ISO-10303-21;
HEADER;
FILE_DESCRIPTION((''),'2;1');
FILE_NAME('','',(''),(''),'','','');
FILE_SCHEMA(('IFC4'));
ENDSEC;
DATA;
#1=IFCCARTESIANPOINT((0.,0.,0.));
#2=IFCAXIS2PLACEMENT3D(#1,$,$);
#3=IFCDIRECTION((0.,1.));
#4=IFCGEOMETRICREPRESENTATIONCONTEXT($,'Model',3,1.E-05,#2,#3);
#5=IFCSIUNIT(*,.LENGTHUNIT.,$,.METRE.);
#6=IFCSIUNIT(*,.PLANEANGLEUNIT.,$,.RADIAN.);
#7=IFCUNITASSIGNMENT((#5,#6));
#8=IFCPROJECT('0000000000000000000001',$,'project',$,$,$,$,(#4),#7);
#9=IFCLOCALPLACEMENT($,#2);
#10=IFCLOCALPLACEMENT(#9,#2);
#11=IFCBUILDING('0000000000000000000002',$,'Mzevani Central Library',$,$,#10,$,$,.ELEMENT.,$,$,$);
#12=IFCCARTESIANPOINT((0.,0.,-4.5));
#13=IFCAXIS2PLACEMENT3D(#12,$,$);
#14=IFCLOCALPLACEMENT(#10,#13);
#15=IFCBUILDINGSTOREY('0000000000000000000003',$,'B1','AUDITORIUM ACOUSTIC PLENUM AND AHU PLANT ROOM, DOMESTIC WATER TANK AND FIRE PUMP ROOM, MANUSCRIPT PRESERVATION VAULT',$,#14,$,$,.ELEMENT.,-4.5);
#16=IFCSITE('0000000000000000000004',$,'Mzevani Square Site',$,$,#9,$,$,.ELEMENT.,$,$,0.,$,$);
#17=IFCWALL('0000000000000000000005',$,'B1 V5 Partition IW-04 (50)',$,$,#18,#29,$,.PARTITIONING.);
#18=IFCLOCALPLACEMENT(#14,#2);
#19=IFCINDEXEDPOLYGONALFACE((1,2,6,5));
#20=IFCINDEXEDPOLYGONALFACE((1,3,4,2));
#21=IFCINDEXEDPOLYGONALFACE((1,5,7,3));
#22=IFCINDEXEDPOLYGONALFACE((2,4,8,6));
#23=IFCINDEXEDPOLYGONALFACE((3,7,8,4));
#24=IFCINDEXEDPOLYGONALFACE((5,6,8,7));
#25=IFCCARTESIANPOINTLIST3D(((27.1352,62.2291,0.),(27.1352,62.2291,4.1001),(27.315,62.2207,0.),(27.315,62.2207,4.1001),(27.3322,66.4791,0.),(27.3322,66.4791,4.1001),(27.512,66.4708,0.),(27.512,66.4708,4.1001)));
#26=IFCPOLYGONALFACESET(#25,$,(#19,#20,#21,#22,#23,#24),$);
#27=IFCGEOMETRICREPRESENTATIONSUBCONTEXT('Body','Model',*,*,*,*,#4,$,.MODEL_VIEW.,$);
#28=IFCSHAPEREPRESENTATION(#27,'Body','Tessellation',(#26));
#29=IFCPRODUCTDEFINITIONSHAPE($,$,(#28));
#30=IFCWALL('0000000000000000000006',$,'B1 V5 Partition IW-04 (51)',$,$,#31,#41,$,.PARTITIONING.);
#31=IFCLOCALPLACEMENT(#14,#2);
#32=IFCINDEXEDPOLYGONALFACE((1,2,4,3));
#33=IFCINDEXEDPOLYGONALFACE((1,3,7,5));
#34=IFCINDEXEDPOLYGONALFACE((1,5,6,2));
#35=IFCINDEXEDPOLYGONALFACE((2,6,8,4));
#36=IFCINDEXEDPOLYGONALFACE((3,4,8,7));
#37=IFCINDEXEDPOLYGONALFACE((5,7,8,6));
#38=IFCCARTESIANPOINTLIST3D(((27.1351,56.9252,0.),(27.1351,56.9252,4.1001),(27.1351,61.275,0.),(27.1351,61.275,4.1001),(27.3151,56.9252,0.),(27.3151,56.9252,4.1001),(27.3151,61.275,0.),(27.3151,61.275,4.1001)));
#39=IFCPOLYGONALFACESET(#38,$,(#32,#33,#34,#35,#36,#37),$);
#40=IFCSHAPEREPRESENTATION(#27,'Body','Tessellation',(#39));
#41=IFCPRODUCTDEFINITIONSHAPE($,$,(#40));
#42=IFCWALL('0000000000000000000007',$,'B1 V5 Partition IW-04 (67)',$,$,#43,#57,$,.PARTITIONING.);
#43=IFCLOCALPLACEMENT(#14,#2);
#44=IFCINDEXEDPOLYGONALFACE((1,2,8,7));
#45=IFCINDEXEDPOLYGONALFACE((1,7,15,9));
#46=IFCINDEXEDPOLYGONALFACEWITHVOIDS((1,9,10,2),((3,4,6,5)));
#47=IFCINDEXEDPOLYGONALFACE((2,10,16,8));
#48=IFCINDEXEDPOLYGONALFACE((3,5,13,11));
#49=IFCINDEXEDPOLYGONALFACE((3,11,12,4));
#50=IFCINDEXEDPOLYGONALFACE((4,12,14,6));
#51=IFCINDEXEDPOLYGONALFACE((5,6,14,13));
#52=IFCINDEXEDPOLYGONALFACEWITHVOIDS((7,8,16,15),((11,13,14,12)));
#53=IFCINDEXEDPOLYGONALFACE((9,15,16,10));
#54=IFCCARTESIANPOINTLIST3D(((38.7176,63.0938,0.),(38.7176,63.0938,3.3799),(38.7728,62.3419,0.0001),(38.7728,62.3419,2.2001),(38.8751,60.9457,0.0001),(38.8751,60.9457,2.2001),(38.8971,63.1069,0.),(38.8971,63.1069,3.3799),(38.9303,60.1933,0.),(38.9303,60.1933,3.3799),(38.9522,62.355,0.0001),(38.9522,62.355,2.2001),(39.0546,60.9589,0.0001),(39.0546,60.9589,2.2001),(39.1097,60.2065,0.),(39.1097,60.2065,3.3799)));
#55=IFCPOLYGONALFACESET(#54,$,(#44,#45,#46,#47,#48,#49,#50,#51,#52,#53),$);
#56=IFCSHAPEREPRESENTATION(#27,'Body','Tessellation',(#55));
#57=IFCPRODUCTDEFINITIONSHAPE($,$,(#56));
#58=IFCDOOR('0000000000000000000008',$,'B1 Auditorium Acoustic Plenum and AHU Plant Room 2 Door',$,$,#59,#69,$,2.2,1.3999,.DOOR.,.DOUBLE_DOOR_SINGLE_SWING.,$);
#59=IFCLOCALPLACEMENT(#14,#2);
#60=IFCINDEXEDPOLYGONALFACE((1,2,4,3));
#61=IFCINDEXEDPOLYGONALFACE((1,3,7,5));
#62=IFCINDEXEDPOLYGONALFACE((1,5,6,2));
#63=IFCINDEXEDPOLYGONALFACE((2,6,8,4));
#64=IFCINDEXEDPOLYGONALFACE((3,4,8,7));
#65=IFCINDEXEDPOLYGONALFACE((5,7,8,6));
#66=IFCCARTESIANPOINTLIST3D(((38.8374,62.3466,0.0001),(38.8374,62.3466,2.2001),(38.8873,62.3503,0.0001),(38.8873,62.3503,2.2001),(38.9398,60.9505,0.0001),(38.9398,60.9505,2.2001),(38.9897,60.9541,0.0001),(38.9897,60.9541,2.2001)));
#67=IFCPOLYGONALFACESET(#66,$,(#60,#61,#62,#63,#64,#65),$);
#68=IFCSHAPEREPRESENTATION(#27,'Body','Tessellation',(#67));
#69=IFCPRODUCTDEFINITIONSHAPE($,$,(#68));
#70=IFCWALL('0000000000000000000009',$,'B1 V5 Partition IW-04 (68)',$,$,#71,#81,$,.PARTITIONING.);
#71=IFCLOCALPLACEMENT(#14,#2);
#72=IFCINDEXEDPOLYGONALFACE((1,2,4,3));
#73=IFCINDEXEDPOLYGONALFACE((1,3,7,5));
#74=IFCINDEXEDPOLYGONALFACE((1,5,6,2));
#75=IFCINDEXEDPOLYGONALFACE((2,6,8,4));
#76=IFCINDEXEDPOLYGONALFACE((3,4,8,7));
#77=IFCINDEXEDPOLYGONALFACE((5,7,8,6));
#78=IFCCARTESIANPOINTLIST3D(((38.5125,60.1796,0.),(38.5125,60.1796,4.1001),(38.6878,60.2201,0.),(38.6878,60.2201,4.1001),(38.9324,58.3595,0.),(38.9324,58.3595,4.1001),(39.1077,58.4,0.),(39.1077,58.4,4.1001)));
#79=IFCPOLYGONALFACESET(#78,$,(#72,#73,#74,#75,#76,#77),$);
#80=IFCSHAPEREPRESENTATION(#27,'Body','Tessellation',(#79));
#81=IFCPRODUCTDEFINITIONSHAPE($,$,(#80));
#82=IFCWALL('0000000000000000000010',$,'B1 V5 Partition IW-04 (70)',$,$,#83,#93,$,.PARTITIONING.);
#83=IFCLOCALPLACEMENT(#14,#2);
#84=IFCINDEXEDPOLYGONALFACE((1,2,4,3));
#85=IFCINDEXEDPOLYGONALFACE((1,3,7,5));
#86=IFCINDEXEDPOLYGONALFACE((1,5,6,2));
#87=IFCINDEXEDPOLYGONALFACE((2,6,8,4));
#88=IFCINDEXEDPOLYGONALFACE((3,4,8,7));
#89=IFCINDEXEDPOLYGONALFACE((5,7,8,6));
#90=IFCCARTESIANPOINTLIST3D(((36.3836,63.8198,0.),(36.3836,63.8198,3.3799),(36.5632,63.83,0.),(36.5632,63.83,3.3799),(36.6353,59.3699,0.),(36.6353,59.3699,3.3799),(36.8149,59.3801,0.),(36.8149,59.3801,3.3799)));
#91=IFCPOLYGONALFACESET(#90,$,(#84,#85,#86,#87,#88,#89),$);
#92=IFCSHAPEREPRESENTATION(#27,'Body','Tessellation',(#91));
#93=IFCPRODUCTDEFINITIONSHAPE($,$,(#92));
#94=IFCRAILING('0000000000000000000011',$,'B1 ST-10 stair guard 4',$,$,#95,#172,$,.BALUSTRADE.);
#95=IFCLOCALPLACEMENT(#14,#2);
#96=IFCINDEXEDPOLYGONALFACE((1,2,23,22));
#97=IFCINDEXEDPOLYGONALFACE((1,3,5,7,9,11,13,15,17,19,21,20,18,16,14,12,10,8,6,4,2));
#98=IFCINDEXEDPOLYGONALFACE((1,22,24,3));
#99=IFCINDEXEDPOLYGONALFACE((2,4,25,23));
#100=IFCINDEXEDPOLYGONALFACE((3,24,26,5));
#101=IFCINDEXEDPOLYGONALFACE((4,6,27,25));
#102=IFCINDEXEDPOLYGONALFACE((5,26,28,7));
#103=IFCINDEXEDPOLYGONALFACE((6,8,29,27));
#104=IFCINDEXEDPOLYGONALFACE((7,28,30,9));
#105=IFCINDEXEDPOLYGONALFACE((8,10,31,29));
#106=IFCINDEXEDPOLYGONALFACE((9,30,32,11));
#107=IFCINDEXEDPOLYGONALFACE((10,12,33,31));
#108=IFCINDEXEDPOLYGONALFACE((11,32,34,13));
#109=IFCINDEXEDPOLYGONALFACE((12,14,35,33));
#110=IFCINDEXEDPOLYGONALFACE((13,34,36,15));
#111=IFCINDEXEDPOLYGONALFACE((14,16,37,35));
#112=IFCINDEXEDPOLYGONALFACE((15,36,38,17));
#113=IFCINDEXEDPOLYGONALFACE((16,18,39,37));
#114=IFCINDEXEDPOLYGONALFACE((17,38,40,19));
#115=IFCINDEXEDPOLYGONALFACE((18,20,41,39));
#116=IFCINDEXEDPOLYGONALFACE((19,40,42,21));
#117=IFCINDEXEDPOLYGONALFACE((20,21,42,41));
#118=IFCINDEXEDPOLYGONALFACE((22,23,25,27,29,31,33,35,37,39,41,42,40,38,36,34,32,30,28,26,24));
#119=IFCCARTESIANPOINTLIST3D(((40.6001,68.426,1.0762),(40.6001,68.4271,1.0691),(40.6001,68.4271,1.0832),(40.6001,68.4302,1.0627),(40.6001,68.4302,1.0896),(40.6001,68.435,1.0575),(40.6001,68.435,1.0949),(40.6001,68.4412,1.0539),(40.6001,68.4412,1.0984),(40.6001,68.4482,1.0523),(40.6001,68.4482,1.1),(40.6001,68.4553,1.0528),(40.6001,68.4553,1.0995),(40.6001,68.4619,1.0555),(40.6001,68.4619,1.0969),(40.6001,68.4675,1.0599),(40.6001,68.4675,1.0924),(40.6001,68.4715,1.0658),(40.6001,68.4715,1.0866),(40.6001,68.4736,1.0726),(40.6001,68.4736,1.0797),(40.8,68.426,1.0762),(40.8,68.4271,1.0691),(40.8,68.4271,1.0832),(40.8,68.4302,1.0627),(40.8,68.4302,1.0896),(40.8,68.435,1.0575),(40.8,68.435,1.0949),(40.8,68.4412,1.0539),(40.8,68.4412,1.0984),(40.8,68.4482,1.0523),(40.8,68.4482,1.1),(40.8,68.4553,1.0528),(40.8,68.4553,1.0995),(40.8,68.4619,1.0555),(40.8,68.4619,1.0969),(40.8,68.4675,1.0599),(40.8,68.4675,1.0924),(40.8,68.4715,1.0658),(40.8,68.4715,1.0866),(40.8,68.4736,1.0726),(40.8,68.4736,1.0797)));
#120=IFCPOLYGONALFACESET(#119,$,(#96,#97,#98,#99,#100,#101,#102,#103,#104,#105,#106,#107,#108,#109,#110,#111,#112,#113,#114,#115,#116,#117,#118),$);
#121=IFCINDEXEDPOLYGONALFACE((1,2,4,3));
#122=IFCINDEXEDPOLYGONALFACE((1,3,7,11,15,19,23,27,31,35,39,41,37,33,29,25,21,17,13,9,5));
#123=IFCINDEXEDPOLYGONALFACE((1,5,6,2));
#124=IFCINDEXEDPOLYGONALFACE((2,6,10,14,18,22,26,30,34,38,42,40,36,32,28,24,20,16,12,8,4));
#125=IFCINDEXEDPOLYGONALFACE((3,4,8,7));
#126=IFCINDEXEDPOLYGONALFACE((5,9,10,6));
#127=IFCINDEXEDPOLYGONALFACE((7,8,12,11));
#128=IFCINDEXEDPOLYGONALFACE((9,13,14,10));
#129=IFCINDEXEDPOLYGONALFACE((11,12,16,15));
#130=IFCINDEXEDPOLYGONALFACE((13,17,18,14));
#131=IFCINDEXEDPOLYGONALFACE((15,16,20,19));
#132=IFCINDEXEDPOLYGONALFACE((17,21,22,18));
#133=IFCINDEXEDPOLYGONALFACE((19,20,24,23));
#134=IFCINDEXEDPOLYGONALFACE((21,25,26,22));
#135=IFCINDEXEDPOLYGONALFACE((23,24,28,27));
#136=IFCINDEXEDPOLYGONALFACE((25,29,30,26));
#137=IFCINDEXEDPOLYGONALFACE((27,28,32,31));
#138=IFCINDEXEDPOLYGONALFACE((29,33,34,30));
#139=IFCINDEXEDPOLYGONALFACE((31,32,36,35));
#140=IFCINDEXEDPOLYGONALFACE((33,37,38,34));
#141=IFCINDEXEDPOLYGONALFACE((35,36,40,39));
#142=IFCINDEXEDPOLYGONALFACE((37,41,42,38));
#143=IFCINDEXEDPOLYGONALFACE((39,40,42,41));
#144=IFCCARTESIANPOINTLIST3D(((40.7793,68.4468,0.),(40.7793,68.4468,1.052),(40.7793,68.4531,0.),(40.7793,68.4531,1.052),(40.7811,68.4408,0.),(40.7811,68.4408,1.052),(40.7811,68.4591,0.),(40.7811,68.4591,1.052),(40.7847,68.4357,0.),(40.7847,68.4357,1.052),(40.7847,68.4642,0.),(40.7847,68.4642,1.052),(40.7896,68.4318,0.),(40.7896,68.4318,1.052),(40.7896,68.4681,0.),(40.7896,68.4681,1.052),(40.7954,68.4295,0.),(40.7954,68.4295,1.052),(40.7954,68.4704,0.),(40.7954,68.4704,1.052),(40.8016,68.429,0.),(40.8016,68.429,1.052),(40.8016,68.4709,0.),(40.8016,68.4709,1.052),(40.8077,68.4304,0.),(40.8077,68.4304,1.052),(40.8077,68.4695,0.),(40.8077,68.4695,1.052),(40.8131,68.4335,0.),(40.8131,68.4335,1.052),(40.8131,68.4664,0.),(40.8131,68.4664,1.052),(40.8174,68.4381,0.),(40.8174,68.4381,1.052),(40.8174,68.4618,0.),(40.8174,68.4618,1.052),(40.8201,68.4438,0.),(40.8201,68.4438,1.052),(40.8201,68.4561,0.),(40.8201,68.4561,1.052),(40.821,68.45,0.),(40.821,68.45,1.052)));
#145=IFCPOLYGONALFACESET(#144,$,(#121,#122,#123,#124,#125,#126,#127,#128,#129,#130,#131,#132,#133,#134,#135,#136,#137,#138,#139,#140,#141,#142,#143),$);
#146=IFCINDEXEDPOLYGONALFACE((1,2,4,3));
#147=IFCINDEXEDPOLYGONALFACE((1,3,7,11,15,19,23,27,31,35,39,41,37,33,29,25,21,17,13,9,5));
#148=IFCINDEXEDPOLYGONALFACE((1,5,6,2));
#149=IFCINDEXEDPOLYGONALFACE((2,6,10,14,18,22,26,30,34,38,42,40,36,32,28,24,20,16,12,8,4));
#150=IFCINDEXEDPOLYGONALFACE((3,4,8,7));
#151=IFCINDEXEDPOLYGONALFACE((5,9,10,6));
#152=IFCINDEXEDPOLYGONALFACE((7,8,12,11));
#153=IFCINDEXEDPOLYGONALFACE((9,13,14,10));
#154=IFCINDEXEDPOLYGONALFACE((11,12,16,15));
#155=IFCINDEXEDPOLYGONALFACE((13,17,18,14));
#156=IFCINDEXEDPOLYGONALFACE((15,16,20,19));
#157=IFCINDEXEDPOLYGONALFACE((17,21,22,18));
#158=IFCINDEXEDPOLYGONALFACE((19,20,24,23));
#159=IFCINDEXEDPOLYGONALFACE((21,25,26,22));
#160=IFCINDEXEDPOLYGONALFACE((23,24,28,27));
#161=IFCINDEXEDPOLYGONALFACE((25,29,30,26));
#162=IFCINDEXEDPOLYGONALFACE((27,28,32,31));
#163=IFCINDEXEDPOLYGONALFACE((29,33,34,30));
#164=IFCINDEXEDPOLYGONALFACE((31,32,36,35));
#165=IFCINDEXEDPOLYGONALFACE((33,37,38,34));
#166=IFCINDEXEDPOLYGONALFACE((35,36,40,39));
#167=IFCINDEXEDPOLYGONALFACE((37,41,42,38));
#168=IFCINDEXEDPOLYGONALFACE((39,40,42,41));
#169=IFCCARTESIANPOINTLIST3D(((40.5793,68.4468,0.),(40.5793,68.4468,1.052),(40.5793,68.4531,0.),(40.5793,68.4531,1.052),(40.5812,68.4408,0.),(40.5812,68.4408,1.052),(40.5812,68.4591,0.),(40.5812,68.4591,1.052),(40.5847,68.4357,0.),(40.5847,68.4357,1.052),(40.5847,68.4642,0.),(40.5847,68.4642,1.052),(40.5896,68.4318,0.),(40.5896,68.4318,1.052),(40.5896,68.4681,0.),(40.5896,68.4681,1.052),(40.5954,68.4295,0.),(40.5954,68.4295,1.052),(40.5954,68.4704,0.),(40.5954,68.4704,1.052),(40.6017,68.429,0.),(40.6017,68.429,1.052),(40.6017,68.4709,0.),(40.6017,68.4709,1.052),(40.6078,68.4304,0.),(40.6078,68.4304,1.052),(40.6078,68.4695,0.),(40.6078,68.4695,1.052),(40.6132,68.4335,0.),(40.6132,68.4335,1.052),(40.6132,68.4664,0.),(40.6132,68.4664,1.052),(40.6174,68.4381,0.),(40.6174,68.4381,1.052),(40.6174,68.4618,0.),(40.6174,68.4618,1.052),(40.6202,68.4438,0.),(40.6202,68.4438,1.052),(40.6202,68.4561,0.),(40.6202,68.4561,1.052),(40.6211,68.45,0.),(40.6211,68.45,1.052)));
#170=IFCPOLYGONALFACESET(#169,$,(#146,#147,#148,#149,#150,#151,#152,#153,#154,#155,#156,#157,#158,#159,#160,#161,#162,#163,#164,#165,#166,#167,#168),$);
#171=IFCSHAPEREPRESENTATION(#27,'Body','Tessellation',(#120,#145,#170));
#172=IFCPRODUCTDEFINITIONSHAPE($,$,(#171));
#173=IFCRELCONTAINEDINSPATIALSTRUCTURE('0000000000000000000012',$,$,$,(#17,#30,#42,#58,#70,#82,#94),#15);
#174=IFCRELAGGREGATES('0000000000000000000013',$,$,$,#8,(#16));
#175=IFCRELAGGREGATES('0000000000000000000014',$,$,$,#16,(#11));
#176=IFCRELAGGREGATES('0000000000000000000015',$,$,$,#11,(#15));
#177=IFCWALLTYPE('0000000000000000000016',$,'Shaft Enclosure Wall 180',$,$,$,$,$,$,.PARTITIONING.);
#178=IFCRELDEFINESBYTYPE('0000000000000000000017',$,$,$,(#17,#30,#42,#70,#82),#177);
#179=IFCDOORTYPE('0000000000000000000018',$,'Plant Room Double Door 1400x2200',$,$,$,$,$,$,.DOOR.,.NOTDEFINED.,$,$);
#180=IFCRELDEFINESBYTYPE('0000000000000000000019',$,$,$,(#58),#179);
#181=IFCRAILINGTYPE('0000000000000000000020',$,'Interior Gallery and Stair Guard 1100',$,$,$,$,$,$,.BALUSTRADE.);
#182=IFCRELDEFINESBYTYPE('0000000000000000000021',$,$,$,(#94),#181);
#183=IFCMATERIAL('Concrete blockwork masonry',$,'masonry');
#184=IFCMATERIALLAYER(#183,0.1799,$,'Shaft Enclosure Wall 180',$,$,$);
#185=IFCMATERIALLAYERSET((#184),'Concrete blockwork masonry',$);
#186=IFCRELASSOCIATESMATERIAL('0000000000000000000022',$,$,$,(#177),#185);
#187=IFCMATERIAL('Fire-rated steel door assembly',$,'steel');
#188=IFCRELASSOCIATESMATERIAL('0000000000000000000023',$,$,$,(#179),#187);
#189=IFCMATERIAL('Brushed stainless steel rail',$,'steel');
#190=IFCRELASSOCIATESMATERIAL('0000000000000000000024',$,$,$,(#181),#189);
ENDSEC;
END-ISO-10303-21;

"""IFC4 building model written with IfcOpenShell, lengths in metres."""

from ifc_helpers import new_model, si_unit, direction, frame, frame_2d, origin, origin_2d, place, context, subcontext, project, spatial, rectangle, circle, extrude, material, layer, layer_set, type_object, element, fill, save


model = new_model("IFC4")

# Units and contexts
model_context = context("Model", 3, precision=1e-05, world=origin(), true_north=direction((0.0, 1.0)))
body_context = subcontext(model_context, "Body", "Model", "MODEL_VIEW")
ifc_project = project(units=[si_unit("LENGTHUNIT", "METRE"), si_unit("PLANEANGLEUNIT", "RADIAN")], contexts=[model_context])

# Site, building, storey
site_placement = place(None, origin())
site = spatial("IfcSite", under=ifc_project, at=site_placement, Name="Mzevani Square Site", CompositionType="ELEMENT", RefElevation=0.0)
building_placement = place(site_placement, origin())
building = spatial("IfcBuilding", under=site, at=building_placement, Name="Mzevani Central Library", CompositionType="ELEMENT")
storey_placement = place(building_placement, frame((0.0, 0.0, -4.5)))
storey = spatial("IfcBuildingStorey", under=building, at=storey_placement, Name="B1", Description="AUDITORIUM ACOUSTIC PLENUM AND AHU PLANT ROOM, DOMESTIC WATER TANK AND FIRE PUMP ROOM, MANUSCRIPT PRESERVATION VAULT", CompositionType="ELEMENT", Elevation=-4.5)

# Shared definitions
ifc_material_1 = material(Name="Fire-rated steel door assembly", Category="steel")

# Walls
ifc_material_2 = material(Name="Concrete blockwork masonry", Category="masonry")
ifc_layer_1 = layer(ifc_material_2, 0.1799, Name="Shaft Enclosure Wall 180")
ifc_layer_set_1 = layer_set([ifc_layer_1], Name="Concrete blockwork masonry")
wall_type_1 = type_object("IfcWallType", Name="Shaft Enclosure Wall 180", PredefinedType="PARTITIONING", material=ifc_layer_set_1)
wall_1_placement = place(storey_placement, frame((27.4221, 66.4751, 0.0), z_axis=(0.0, 0.0, 1.0), x_axis=(-0.046308, -0.998927, 0.0)))
element("IfcWall", 1, at=wall_1_placement, inside=storey, type_object=wall_type_1, Name="B1 V5 Partition IW-04 (50)", PredefinedType="PARTITIONING", context=body_context, shape_type="SweptSolid", body=[
    extrude(rectangle(XDim=4.2546, YDim=0.1799, at=frame_2d((2.1274, 0.0))), origin(), (0.0, 0.0, 1.0), 4.1001),
])
wall_2_placement = place(storey_placement, frame((27.2251, 61.2749, 0.0), z_axis=(0.0, 0.0, 1.0), x_axis=(0.0, -1.0, 0.0)))
element("IfcWall", 2, at=wall_2_placement, inside=storey, type_object=wall_type_1, Name="B1 V5 Partition IW-04 (51)", PredefinedType="PARTITIONING", context=body_context, shape_type="SweptSolid", body=[
    extrude(rectangle(XDim=4.3499, YDim=0.1799, at=frame_2d((2.1748, 0.0))), origin(), (0.0, 0.0, 1.0), 4.1001),
])

# Wall, opening, door
wall_3_placement = place(storey_placement, frame((38.8074, 63.1003, 0.0), z_axis=(0.0, 0.0, 1.0), x_axis=(0.07312, -0.997323, 0.0)))
wall_3 = element("IfcWall", 3, at=wall_3_placement, inside=storey, type_object=wall_type_1, Name="B1 V5 Partition IW-04 (67)", PredefinedType="PARTITIONING", context=body_context, shape_type="SweptSolid", body=[
    extrude(rectangle(XDim=2.9082, YDim=0.1799, at=frame_2d((1.4541, 0.0))), origin(), (0.0, 0.0, 1.0), 3.3799),
])
opening_1_placement = place(wall_3_placement, frame((0.7539, 0.0, 0.0)))
opening_1 = element("IfcOpeningElement", 4, at=opening_1_placement, cuts=wall_3, PredefinedType="OPENING", context=body_context, shape_type="SweptSolid", body=[
    extrude(rectangle(XDim=1.3999, YDim=2.2, at=frame_2d((0.7, 1.1001))), frame((0.0, 0.1001, 0.0), z_axis=(0.0, -1.0, 0.0), x_axis=(1.0, 0.0, 0.0)), (0.0, 0.0, 1.0), 0.2),
])
door_type_1 = type_object("IfcDoorType", Name="Plant Room Double Door 1400x2200", OperationType="NOTDEFINED", PredefinedType="DOOR", material=ifc_material_1)
door_1_placement = place(opening_1_placement, origin())
door_1 = element("IfcDoor", 5, at=door_1_placement, inside=storey, type_object=door_type_1, Name="B1 Auditorium Acoustic Plenum and AHU Plant Room 2 Door", OperationType="DOUBLE_DOOR_SINGLE_SWING", OverallHeight=2.2, OverallWidth=1.3999, PredefinedType="DOOR", context=body_context, shape_type="SweptSolid", body=[
    extrude(rectangle(XDim=1.3999, YDim=2.2, at=frame_2d((0.7, 1.1001))), frame((0.0, 0.0249, 0.0), z_axis=(0.0, -1.0, 0.0), x_axis=(1.0, 0.0, 0.0)), (0.0, 0.0, 1.0), 0.05),
])
fill(opening_1, door_1)

# Walls
wall_4_placement = place(storey_placement, frame((38.6001, 60.2, 0.0), z_axis=(0.0, 0.0, 1.0), x_axis=(0.224812, -0.974402, 0.0)))
element("IfcWall", 6, at=wall_4_placement, inside=storey, type_object=wall_type_1, Name="B1 V5 Partition IW-04 (68)", PredefinedType="PARTITIONING", context=body_context, shape_type="SweptSolid", body=[
    extrude(rectangle(XDim=1.8679, YDim=0.1799, at=frame_2d((0.9341, 0.0))), origin(), (0.0, 0.0, 1.0), 4.1001),
])
wall_5_placement = place(storey_placement, frame((36.7251, 59.375, 0.0), z_axis=(0.0, 0.0, 1.0), x_axis=(-0.056474, 0.998404, 0.0)))
element("IfcWall", 7, at=wall_5_placement, inside=storey, type_object=wall_type_1, Name="B1 V5 Partition IW-04 (70)", PredefinedType="PARTITIONING", context=body_context, shape_type="SweptSolid", body=[
    extrude(rectangle(XDim=4.457, YDim=0.1799, at=frame_2d((2.2285, 0.0))), origin(), (0.0, 0.0, 1.0), 3.3799),
])

# Railing
ifc_material_3 = material(Name="Brushed stainless steel rail", Category="steel")
railing_type = type_object("IfcRailingType", Name="Interior Gallery and Stair Guard 1100", PredefinedType="BALUSTRADE", material=ifc_material_3)
railing_placement = place(storey_placement, frame((40.8, 68.45, 0.0)))
element("IfcRailing", 8, at=railing_placement, inside=storey, type_object=railing_type, Name="B1 ST-10 stair guard 4", PredefinedType="BALUSTRADE", context=body_context, shape_type="SweptSolid", body=[
    extrude(circle(Radius=0.0239, at=origin_2d()), frame((0.0, 0.0, 1.0762), z_axis=(-1.0, 0.0, 0.0), x_axis=(0.0, -1.0, 0.0)), (0.0, 0.0, 1.0), 0.2),
    extrude(circle(Radius=0.021, at=origin_2d()), origin(), (0.0, 0.0, 1.0), 1.052),
    extrude(circle(Radius=0.021, at=origin_2d()), frame((-0.2, 0.0, 0.0)), (0.0, 0.0, 1.0), 1.052),
])

save(model, "model.ifc")
